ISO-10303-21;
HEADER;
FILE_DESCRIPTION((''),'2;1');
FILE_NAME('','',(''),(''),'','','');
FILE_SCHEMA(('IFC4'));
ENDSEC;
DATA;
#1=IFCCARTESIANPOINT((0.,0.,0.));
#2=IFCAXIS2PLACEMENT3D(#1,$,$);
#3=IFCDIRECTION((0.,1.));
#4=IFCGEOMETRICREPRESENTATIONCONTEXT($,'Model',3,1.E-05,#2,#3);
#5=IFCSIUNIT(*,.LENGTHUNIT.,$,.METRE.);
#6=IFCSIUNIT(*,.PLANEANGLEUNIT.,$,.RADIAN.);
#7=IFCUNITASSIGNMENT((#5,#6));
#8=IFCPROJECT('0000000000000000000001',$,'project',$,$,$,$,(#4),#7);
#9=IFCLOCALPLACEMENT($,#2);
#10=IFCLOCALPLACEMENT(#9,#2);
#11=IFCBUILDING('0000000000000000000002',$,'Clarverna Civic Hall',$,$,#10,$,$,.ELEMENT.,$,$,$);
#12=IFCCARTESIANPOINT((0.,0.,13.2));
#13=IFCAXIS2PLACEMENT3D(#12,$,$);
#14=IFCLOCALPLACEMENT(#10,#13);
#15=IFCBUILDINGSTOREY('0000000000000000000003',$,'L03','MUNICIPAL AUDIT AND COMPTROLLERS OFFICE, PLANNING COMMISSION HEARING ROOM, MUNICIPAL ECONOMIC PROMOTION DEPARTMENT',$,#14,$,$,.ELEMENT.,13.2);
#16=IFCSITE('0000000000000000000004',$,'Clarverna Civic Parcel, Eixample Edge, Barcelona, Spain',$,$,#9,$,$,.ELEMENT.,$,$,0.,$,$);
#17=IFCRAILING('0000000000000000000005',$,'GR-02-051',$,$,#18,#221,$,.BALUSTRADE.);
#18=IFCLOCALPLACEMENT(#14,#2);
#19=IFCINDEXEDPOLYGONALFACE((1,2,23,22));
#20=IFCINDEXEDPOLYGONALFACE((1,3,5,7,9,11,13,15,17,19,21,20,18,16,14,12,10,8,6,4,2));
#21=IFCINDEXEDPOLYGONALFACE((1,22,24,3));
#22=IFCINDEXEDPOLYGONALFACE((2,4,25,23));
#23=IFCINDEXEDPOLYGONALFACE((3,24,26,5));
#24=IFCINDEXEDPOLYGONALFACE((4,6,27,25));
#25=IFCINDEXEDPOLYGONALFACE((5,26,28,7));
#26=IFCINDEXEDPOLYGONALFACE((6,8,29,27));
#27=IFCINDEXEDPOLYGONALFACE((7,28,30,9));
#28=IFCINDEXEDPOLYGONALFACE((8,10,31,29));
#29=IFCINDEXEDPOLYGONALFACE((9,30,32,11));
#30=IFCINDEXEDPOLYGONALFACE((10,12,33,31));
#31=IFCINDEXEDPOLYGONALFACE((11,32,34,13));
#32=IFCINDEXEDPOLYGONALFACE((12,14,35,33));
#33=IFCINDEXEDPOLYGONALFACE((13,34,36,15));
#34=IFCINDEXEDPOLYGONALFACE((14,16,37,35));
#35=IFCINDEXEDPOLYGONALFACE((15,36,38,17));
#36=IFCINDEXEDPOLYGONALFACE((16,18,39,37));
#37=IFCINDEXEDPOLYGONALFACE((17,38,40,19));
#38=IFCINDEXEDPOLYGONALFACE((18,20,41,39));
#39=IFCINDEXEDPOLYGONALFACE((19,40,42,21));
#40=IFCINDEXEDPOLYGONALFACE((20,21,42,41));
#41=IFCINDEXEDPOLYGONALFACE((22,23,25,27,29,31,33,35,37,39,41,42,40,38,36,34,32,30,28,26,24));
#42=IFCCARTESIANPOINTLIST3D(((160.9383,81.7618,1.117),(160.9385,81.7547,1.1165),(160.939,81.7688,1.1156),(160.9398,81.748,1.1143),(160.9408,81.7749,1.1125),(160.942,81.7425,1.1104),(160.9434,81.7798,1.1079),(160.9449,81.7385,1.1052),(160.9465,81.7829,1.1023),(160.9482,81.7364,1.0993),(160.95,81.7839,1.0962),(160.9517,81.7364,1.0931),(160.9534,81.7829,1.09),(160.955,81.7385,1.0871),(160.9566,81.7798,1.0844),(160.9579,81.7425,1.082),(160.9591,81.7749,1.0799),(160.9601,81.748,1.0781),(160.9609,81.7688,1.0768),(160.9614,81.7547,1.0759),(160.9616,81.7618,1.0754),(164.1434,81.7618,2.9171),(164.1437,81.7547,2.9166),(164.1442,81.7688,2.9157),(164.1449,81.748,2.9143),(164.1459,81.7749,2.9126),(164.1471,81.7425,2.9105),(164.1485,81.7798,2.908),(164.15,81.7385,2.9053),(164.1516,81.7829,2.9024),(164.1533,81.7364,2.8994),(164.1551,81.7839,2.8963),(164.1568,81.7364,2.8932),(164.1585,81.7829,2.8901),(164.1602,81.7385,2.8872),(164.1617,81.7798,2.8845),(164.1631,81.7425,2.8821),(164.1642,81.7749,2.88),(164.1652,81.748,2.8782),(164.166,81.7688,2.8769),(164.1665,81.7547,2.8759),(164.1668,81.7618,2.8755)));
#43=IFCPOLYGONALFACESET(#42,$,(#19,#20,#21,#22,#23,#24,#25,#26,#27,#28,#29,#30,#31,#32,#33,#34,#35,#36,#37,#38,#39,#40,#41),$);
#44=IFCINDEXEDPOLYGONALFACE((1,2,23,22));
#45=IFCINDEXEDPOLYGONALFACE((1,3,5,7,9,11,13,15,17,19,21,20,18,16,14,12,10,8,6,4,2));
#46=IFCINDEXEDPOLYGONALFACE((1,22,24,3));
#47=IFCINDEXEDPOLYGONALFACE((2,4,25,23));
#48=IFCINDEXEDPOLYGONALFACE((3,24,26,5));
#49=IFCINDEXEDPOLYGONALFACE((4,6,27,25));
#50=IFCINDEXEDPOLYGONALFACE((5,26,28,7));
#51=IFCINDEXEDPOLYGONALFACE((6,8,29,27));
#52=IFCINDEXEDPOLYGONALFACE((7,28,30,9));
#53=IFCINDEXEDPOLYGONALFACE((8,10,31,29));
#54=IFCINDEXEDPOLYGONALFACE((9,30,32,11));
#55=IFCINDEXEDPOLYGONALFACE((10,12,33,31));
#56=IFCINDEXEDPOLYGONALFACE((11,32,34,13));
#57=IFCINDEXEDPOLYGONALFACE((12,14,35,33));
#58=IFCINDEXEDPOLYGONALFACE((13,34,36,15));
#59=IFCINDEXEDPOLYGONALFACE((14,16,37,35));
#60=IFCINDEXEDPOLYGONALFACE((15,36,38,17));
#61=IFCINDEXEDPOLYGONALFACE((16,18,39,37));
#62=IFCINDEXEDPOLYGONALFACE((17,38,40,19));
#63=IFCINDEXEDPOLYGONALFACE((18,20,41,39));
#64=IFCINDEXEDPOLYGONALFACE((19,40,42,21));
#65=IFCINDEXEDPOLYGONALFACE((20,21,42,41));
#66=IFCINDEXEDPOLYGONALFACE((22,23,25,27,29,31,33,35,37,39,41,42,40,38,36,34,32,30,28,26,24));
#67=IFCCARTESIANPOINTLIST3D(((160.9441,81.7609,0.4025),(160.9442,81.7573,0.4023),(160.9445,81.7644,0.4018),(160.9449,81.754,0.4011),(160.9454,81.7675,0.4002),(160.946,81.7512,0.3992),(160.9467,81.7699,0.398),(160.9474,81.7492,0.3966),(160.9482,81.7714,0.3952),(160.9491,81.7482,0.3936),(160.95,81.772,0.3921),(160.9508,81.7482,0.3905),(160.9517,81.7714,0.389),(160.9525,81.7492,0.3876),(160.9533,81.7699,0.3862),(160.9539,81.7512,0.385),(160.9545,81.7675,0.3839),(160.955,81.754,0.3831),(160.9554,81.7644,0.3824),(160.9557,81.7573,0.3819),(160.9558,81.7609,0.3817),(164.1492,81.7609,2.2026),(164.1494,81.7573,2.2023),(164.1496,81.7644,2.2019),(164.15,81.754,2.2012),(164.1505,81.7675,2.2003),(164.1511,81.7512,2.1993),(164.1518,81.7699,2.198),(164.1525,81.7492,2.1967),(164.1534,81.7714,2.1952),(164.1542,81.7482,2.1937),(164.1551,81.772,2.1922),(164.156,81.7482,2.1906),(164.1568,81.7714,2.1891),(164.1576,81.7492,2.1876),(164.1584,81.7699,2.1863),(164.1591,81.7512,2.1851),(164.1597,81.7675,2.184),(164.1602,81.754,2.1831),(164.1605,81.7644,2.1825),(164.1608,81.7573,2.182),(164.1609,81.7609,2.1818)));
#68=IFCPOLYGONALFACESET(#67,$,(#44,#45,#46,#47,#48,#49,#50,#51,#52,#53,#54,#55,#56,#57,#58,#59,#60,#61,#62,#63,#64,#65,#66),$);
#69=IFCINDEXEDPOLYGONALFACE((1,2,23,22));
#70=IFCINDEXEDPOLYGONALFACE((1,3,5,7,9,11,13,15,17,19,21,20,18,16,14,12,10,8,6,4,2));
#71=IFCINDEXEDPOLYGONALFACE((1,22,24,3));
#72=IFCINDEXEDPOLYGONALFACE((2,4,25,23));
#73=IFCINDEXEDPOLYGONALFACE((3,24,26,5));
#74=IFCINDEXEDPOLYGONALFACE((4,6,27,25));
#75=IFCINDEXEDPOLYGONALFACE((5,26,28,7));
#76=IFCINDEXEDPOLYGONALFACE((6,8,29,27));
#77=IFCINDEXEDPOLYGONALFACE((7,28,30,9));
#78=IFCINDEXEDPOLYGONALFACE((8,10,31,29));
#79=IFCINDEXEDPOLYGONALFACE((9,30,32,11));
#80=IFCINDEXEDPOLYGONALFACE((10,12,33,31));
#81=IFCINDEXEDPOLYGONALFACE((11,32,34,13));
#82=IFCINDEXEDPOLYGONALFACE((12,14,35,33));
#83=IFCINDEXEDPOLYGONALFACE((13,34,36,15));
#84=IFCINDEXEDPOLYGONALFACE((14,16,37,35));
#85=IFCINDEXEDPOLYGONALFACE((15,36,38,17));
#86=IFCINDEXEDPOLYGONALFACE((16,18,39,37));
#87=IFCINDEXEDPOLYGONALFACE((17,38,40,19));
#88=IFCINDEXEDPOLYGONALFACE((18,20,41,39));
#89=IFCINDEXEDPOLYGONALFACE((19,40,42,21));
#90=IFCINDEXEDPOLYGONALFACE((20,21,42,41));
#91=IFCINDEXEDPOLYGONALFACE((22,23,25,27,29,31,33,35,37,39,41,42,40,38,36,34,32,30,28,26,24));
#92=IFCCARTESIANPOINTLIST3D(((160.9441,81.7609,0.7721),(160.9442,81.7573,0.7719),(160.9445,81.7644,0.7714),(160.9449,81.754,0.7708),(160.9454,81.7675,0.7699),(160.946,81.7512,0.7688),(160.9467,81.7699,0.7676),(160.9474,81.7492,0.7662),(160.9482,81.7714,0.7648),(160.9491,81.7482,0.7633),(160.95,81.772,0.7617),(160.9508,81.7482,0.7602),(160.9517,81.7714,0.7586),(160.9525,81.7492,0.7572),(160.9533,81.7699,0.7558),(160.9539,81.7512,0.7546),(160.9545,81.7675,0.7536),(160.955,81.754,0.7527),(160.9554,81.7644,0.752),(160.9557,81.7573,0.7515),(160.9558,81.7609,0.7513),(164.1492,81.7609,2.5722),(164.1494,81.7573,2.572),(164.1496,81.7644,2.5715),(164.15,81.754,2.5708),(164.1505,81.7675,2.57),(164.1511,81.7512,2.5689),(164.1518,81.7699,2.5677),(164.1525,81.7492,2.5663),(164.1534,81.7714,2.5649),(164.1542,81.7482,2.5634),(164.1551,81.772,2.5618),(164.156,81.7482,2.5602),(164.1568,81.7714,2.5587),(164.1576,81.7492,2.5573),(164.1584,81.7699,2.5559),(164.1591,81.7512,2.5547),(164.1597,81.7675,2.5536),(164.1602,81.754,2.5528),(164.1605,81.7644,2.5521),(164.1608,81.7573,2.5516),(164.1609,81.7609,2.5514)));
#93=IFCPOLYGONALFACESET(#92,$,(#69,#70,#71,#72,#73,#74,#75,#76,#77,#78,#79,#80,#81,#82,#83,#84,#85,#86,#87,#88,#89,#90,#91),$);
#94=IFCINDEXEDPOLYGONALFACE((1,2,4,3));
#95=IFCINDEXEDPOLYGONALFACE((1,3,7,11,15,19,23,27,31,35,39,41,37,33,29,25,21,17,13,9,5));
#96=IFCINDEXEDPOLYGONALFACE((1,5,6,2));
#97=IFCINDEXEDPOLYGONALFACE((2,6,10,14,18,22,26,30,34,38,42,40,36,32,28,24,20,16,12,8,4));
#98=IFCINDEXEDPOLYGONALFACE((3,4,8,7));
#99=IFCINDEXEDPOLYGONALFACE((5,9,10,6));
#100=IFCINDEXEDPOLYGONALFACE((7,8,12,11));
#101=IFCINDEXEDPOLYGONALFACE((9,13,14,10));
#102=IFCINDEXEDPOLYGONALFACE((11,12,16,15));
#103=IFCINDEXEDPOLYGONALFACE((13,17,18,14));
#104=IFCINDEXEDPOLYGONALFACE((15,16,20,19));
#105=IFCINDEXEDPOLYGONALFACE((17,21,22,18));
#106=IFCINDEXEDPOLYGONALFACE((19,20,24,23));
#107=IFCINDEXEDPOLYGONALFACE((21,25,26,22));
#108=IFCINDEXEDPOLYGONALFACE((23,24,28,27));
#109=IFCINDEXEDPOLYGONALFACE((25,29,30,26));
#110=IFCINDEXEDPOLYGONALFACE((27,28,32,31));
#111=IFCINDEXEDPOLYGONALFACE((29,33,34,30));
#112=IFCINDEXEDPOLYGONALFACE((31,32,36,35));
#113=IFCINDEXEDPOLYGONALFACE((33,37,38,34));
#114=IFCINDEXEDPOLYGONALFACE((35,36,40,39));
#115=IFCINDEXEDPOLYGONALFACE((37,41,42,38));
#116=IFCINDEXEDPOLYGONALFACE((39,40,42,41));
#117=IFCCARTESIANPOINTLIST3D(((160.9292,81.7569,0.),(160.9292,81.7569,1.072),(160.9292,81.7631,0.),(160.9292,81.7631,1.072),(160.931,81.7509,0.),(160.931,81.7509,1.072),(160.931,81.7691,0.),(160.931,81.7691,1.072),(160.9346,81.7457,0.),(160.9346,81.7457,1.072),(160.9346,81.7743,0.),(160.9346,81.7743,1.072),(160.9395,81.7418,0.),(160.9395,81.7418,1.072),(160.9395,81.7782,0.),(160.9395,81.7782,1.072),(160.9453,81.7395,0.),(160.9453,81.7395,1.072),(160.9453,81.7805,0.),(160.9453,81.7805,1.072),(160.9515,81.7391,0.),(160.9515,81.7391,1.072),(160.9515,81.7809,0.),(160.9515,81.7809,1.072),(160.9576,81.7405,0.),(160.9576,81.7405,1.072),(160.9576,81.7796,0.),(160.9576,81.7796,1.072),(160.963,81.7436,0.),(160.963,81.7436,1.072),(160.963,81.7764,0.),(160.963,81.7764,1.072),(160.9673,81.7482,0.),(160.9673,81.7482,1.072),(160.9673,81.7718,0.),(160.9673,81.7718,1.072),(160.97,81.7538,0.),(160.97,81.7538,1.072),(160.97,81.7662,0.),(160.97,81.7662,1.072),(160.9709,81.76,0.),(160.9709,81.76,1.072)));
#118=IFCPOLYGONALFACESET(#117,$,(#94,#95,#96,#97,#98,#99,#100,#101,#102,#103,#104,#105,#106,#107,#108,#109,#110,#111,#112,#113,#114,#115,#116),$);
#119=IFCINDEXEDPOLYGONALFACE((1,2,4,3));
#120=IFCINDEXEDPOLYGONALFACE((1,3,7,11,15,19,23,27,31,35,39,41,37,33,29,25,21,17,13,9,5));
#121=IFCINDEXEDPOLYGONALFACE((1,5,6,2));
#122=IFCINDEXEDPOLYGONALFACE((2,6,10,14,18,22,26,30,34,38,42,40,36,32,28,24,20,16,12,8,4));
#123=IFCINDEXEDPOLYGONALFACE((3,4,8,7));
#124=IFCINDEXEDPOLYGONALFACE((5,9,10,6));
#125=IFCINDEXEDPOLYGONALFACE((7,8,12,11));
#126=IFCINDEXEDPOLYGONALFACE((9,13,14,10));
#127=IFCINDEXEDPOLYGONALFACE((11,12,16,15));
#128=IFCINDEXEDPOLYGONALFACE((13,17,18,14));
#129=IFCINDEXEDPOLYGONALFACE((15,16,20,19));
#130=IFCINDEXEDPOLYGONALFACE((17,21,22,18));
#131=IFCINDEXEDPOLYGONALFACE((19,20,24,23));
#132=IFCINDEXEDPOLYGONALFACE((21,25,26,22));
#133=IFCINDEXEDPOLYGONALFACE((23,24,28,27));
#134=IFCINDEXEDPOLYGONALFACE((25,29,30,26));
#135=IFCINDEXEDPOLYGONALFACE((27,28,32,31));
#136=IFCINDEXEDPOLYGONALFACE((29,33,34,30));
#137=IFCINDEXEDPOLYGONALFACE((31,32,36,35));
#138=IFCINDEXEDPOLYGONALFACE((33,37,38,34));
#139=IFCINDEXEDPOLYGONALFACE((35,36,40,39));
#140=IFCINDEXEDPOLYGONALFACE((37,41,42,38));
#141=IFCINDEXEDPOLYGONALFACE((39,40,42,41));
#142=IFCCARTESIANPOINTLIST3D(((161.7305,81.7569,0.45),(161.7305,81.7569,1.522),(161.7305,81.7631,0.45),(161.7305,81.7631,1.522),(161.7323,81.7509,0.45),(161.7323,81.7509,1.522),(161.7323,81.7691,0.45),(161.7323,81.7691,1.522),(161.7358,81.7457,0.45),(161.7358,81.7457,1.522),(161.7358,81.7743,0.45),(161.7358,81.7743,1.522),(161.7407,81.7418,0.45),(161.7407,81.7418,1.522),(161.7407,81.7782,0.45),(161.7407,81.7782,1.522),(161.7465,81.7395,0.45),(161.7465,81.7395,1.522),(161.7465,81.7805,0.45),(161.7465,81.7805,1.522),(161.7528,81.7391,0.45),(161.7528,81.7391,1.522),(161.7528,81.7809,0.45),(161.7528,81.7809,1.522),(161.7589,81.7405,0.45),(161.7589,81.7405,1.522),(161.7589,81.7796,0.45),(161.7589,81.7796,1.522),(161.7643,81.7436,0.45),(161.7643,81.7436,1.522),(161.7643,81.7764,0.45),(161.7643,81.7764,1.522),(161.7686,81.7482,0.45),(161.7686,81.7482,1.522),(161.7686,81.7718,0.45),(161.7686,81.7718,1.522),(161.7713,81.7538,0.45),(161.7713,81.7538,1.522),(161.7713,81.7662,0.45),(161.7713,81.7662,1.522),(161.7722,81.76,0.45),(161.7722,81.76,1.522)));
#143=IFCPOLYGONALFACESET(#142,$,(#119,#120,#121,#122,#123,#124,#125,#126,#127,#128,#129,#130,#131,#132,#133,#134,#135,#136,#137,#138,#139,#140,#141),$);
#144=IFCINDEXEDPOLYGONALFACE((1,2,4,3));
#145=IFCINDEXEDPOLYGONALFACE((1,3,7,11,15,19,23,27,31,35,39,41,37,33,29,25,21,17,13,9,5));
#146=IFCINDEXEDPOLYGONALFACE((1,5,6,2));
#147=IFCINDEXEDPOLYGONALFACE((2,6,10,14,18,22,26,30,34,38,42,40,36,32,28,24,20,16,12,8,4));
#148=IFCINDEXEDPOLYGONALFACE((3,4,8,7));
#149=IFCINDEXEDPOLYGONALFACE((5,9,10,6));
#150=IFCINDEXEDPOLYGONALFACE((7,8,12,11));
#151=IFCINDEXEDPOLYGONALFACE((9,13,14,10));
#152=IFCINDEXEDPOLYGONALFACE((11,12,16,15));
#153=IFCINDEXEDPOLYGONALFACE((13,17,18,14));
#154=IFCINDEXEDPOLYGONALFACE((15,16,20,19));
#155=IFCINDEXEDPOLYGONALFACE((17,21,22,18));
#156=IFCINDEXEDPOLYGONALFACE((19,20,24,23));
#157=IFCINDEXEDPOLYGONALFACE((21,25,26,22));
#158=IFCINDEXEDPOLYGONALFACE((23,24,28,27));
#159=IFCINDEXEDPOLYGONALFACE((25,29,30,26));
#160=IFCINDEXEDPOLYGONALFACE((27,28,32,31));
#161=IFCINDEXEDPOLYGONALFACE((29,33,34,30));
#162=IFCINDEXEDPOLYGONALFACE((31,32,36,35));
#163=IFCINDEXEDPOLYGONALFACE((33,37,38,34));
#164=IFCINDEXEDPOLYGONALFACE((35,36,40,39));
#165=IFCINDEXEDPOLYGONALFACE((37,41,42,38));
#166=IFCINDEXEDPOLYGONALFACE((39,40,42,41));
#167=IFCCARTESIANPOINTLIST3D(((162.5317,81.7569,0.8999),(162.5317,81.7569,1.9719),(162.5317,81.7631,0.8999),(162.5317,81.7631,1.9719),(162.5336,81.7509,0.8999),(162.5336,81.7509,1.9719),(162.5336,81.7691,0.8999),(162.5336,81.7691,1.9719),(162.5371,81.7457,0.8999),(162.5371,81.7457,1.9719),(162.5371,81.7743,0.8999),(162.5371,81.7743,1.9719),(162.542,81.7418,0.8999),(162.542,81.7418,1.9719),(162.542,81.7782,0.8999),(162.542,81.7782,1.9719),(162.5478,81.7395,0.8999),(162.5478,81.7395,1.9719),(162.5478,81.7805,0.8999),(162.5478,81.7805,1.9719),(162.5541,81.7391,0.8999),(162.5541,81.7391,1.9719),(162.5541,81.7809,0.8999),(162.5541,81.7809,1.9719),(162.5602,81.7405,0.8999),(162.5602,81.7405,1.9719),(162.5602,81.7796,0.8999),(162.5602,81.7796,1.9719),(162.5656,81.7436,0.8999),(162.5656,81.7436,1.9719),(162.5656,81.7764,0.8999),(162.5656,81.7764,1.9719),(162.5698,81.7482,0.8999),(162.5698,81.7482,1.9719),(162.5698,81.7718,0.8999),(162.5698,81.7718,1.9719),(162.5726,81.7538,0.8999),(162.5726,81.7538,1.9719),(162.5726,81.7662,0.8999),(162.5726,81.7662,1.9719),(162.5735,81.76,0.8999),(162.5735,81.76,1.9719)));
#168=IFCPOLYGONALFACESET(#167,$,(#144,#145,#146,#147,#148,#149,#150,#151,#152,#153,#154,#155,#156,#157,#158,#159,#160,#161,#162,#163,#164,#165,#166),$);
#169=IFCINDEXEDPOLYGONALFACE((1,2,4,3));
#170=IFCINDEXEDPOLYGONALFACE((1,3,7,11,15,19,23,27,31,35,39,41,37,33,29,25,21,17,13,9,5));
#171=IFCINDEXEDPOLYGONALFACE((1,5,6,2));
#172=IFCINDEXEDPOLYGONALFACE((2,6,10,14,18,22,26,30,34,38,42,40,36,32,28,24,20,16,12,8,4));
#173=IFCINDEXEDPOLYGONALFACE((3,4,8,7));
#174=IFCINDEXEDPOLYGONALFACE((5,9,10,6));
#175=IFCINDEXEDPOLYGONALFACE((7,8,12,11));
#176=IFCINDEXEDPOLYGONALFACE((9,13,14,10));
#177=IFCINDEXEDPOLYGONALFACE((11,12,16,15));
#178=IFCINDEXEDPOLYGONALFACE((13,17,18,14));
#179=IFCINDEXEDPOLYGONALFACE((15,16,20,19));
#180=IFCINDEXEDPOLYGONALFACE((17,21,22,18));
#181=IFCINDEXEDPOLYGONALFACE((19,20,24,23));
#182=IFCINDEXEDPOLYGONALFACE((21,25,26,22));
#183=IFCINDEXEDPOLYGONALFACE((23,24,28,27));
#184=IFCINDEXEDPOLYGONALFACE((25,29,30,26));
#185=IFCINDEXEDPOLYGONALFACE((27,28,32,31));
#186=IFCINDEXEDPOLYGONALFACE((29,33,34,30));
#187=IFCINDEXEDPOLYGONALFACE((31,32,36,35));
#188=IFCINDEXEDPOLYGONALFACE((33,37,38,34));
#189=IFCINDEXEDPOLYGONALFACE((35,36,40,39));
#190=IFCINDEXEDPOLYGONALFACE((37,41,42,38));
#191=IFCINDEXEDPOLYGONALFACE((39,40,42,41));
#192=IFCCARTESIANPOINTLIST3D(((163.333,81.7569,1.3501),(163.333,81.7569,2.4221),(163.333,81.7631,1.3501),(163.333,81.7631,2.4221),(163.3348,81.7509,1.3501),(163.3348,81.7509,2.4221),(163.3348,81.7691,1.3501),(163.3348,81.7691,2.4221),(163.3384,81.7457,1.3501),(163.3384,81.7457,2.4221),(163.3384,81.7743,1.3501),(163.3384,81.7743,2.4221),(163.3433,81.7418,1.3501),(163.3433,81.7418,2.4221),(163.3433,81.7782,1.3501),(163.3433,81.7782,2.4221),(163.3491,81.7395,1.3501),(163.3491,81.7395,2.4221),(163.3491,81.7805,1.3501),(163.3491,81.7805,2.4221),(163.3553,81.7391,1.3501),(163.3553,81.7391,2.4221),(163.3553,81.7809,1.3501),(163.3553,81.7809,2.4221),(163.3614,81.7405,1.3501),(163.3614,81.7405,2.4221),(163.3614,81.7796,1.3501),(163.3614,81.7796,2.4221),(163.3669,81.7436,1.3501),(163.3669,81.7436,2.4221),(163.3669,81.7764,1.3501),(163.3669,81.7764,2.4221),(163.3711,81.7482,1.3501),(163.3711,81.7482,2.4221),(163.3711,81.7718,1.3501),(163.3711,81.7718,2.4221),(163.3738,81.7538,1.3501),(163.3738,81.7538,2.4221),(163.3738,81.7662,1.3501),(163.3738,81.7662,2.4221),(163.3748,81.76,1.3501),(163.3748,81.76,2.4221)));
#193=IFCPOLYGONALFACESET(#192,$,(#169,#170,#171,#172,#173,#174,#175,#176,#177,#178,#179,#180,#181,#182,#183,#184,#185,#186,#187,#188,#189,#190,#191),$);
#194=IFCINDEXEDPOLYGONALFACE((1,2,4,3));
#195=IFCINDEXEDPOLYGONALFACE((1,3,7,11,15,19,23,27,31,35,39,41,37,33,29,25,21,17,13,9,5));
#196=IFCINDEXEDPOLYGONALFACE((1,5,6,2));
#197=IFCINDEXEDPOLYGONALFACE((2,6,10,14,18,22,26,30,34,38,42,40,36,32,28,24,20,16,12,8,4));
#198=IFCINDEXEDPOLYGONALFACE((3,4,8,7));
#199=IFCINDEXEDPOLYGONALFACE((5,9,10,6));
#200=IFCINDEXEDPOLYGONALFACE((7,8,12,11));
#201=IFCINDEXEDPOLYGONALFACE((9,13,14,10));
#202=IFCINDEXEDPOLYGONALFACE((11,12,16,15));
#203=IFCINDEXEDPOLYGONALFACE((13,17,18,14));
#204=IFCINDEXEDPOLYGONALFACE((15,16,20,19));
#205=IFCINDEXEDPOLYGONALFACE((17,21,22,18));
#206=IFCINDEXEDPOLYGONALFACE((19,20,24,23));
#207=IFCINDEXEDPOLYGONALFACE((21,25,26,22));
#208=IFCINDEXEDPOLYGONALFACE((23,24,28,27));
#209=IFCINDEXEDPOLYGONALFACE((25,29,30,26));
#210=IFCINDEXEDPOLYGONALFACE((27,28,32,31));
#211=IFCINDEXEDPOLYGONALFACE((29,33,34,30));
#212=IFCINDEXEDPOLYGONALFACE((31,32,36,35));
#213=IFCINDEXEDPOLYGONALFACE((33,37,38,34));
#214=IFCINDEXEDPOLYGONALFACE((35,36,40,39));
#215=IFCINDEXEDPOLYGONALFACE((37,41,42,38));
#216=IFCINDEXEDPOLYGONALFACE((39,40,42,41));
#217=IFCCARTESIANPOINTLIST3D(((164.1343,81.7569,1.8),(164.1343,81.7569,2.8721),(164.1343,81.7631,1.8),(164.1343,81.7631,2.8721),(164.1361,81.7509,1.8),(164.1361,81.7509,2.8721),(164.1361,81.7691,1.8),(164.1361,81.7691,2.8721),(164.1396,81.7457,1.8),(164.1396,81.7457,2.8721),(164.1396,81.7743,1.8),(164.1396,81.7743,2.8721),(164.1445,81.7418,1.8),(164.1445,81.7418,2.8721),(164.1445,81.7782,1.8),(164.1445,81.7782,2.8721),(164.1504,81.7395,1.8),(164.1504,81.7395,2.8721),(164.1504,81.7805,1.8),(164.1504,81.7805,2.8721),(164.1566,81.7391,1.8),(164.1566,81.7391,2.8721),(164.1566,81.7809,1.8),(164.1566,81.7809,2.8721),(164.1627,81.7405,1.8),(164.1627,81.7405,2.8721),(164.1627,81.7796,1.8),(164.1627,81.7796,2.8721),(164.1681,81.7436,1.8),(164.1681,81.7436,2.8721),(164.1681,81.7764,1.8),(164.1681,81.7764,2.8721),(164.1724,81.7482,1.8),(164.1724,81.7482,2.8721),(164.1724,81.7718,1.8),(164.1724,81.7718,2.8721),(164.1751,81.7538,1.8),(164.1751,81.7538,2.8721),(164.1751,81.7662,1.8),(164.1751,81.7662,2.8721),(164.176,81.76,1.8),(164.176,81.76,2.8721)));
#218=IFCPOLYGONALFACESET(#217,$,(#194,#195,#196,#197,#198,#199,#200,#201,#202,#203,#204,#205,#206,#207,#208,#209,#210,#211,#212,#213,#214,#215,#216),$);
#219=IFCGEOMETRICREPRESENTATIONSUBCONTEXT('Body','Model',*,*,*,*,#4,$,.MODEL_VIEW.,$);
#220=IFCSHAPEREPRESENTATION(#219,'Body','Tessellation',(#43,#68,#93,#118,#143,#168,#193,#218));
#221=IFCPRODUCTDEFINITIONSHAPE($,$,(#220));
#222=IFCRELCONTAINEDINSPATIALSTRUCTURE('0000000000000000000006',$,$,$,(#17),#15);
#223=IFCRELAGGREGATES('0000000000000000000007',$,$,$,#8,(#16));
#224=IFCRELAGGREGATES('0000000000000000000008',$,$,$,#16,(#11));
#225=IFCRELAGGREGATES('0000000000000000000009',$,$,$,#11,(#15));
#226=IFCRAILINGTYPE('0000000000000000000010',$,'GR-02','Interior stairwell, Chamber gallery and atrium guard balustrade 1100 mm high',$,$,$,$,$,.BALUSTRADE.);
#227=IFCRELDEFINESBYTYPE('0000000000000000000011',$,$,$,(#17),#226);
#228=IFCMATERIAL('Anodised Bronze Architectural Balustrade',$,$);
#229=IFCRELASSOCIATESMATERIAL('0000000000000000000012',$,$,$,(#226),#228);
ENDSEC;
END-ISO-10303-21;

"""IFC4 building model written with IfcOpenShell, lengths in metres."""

from ifc_helpers import new_model, si_unit, direction, frame, origin, origin_2d, place, context, subcontext, project, spatial, circle, extrude, material, type_object, element, save


model = new_model("IFC4")

# Units and contexts
model_context = context("Model", 3, precision=1e-05, world=origin(), true_north=direction((0.0, 1.0)))
body_context = subcontext(model_context, "Body", "Model", "MODEL_VIEW")
ifc_project = project(units=[si_unit("LENGTHUNIT", "METRE"), si_unit("PLANEANGLEUNIT", "RADIAN")], contexts=[model_context])

# Site, building, storey
site_placement = place(None, origin())
site = spatial("IfcSite", under=ifc_project, at=site_placement, Name="Clarverna Civic Parcel, Eixample Edge, Barcelona, Spain", CompositionType="ELEMENT", RefElevation=0.0)
building_placement = place(site_placement, origin())
building = spatial("IfcBuilding", under=site, at=building_placement, Name="Clarverna Civic Hall", CompositionType="ELEMENT")
storey_placement = place(building_placement, frame((0.0, 0.0, 13.2)))
storey = spatial("IfcBuildingStorey", under=building, at=storey_placement, Name="L03", Description="MUNICIPAL AUDIT AND COMPTROLLERS OFFICE, PLANNING COMMISSION HEARING ROOM, MUNICIPAL ECONOMIC PROMOTION DEPARTMENT", CompositionType="ELEMENT", Elevation=13.2)

# Railing
ifc_material_1 = material(Name="Anodised Bronze Architectural Balustrade")
railing_type_1 = type_object("IfcRailingType", Name="GR-02", Description="Interior stairwell, Chamber gallery and atrium guard balustrade 1100 mm high", PredefinedType="BALUSTRADE", material=ifc_material_1)
railing_1_placement = place(storey_placement, frame((160.95, 81.76, 0.0)))
element("IfcRailing", 1, at=railing_1_placement, inside=storey, type_object=railing_type_1, Name="GR-02-051", PredefinedType="BALUSTRADE", context=body_context, shape_type="SweptSolid", body=[
    extrude(circle(Radius=0.0239, at=origin_2d()), frame((0.0, 0.0, 1.0962), z_axis=(0.871902, 0.0, 0.489681), x_axis=(0.0, 1.0, 0.0)), (0.0, 0.0, 1.0), 3.676),
    extrude(circle(Radius=0.012, at=origin_2d()), frame((0.0, 0.0, 0.3921), z_axis=(0.871902, 0.0, 0.489681), x_axis=(0.0, 1.0, 0.0)), (0.0, 0.0, 1.0), 3.676),
    extrude(circle(Radius=0.012, at=origin_2d()), frame((0.0, 0.0, 0.7617), z_axis=(0.871902, 0.0, 0.489681), x_axis=(0.0, 1.0, 0.0)), (0.0, 0.0, 1.0), 3.676),
    extrude(circle(Radius=0.021, at=origin_2d()), origin(), (0.0, 0.0, 1.0), 1.072),
    extrude(circle(Radius=0.021, at=origin_2d()), frame((0.8013, 0.0, 0.45)), (0.0, 0.0, 1.0), 1.072),
    extrude(circle(Radius=0.021, at=origin_2d()), frame((1.6025, 0.0, 0.8999)), (0.0, 0.0, 1.0), 1.072),
    extrude(circle(Radius=0.021, at=origin_2d()), frame((2.4038, 0.0, 1.3501)), (0.0, 0.0, 1.0), 1.072),
    extrude(circle(Radius=0.021, at=origin_2d()), frame((3.2051, 0.0, 1.8)), (0.0, 0.0, 1.0), 1.072),
])

save(model, "model.ifc")
